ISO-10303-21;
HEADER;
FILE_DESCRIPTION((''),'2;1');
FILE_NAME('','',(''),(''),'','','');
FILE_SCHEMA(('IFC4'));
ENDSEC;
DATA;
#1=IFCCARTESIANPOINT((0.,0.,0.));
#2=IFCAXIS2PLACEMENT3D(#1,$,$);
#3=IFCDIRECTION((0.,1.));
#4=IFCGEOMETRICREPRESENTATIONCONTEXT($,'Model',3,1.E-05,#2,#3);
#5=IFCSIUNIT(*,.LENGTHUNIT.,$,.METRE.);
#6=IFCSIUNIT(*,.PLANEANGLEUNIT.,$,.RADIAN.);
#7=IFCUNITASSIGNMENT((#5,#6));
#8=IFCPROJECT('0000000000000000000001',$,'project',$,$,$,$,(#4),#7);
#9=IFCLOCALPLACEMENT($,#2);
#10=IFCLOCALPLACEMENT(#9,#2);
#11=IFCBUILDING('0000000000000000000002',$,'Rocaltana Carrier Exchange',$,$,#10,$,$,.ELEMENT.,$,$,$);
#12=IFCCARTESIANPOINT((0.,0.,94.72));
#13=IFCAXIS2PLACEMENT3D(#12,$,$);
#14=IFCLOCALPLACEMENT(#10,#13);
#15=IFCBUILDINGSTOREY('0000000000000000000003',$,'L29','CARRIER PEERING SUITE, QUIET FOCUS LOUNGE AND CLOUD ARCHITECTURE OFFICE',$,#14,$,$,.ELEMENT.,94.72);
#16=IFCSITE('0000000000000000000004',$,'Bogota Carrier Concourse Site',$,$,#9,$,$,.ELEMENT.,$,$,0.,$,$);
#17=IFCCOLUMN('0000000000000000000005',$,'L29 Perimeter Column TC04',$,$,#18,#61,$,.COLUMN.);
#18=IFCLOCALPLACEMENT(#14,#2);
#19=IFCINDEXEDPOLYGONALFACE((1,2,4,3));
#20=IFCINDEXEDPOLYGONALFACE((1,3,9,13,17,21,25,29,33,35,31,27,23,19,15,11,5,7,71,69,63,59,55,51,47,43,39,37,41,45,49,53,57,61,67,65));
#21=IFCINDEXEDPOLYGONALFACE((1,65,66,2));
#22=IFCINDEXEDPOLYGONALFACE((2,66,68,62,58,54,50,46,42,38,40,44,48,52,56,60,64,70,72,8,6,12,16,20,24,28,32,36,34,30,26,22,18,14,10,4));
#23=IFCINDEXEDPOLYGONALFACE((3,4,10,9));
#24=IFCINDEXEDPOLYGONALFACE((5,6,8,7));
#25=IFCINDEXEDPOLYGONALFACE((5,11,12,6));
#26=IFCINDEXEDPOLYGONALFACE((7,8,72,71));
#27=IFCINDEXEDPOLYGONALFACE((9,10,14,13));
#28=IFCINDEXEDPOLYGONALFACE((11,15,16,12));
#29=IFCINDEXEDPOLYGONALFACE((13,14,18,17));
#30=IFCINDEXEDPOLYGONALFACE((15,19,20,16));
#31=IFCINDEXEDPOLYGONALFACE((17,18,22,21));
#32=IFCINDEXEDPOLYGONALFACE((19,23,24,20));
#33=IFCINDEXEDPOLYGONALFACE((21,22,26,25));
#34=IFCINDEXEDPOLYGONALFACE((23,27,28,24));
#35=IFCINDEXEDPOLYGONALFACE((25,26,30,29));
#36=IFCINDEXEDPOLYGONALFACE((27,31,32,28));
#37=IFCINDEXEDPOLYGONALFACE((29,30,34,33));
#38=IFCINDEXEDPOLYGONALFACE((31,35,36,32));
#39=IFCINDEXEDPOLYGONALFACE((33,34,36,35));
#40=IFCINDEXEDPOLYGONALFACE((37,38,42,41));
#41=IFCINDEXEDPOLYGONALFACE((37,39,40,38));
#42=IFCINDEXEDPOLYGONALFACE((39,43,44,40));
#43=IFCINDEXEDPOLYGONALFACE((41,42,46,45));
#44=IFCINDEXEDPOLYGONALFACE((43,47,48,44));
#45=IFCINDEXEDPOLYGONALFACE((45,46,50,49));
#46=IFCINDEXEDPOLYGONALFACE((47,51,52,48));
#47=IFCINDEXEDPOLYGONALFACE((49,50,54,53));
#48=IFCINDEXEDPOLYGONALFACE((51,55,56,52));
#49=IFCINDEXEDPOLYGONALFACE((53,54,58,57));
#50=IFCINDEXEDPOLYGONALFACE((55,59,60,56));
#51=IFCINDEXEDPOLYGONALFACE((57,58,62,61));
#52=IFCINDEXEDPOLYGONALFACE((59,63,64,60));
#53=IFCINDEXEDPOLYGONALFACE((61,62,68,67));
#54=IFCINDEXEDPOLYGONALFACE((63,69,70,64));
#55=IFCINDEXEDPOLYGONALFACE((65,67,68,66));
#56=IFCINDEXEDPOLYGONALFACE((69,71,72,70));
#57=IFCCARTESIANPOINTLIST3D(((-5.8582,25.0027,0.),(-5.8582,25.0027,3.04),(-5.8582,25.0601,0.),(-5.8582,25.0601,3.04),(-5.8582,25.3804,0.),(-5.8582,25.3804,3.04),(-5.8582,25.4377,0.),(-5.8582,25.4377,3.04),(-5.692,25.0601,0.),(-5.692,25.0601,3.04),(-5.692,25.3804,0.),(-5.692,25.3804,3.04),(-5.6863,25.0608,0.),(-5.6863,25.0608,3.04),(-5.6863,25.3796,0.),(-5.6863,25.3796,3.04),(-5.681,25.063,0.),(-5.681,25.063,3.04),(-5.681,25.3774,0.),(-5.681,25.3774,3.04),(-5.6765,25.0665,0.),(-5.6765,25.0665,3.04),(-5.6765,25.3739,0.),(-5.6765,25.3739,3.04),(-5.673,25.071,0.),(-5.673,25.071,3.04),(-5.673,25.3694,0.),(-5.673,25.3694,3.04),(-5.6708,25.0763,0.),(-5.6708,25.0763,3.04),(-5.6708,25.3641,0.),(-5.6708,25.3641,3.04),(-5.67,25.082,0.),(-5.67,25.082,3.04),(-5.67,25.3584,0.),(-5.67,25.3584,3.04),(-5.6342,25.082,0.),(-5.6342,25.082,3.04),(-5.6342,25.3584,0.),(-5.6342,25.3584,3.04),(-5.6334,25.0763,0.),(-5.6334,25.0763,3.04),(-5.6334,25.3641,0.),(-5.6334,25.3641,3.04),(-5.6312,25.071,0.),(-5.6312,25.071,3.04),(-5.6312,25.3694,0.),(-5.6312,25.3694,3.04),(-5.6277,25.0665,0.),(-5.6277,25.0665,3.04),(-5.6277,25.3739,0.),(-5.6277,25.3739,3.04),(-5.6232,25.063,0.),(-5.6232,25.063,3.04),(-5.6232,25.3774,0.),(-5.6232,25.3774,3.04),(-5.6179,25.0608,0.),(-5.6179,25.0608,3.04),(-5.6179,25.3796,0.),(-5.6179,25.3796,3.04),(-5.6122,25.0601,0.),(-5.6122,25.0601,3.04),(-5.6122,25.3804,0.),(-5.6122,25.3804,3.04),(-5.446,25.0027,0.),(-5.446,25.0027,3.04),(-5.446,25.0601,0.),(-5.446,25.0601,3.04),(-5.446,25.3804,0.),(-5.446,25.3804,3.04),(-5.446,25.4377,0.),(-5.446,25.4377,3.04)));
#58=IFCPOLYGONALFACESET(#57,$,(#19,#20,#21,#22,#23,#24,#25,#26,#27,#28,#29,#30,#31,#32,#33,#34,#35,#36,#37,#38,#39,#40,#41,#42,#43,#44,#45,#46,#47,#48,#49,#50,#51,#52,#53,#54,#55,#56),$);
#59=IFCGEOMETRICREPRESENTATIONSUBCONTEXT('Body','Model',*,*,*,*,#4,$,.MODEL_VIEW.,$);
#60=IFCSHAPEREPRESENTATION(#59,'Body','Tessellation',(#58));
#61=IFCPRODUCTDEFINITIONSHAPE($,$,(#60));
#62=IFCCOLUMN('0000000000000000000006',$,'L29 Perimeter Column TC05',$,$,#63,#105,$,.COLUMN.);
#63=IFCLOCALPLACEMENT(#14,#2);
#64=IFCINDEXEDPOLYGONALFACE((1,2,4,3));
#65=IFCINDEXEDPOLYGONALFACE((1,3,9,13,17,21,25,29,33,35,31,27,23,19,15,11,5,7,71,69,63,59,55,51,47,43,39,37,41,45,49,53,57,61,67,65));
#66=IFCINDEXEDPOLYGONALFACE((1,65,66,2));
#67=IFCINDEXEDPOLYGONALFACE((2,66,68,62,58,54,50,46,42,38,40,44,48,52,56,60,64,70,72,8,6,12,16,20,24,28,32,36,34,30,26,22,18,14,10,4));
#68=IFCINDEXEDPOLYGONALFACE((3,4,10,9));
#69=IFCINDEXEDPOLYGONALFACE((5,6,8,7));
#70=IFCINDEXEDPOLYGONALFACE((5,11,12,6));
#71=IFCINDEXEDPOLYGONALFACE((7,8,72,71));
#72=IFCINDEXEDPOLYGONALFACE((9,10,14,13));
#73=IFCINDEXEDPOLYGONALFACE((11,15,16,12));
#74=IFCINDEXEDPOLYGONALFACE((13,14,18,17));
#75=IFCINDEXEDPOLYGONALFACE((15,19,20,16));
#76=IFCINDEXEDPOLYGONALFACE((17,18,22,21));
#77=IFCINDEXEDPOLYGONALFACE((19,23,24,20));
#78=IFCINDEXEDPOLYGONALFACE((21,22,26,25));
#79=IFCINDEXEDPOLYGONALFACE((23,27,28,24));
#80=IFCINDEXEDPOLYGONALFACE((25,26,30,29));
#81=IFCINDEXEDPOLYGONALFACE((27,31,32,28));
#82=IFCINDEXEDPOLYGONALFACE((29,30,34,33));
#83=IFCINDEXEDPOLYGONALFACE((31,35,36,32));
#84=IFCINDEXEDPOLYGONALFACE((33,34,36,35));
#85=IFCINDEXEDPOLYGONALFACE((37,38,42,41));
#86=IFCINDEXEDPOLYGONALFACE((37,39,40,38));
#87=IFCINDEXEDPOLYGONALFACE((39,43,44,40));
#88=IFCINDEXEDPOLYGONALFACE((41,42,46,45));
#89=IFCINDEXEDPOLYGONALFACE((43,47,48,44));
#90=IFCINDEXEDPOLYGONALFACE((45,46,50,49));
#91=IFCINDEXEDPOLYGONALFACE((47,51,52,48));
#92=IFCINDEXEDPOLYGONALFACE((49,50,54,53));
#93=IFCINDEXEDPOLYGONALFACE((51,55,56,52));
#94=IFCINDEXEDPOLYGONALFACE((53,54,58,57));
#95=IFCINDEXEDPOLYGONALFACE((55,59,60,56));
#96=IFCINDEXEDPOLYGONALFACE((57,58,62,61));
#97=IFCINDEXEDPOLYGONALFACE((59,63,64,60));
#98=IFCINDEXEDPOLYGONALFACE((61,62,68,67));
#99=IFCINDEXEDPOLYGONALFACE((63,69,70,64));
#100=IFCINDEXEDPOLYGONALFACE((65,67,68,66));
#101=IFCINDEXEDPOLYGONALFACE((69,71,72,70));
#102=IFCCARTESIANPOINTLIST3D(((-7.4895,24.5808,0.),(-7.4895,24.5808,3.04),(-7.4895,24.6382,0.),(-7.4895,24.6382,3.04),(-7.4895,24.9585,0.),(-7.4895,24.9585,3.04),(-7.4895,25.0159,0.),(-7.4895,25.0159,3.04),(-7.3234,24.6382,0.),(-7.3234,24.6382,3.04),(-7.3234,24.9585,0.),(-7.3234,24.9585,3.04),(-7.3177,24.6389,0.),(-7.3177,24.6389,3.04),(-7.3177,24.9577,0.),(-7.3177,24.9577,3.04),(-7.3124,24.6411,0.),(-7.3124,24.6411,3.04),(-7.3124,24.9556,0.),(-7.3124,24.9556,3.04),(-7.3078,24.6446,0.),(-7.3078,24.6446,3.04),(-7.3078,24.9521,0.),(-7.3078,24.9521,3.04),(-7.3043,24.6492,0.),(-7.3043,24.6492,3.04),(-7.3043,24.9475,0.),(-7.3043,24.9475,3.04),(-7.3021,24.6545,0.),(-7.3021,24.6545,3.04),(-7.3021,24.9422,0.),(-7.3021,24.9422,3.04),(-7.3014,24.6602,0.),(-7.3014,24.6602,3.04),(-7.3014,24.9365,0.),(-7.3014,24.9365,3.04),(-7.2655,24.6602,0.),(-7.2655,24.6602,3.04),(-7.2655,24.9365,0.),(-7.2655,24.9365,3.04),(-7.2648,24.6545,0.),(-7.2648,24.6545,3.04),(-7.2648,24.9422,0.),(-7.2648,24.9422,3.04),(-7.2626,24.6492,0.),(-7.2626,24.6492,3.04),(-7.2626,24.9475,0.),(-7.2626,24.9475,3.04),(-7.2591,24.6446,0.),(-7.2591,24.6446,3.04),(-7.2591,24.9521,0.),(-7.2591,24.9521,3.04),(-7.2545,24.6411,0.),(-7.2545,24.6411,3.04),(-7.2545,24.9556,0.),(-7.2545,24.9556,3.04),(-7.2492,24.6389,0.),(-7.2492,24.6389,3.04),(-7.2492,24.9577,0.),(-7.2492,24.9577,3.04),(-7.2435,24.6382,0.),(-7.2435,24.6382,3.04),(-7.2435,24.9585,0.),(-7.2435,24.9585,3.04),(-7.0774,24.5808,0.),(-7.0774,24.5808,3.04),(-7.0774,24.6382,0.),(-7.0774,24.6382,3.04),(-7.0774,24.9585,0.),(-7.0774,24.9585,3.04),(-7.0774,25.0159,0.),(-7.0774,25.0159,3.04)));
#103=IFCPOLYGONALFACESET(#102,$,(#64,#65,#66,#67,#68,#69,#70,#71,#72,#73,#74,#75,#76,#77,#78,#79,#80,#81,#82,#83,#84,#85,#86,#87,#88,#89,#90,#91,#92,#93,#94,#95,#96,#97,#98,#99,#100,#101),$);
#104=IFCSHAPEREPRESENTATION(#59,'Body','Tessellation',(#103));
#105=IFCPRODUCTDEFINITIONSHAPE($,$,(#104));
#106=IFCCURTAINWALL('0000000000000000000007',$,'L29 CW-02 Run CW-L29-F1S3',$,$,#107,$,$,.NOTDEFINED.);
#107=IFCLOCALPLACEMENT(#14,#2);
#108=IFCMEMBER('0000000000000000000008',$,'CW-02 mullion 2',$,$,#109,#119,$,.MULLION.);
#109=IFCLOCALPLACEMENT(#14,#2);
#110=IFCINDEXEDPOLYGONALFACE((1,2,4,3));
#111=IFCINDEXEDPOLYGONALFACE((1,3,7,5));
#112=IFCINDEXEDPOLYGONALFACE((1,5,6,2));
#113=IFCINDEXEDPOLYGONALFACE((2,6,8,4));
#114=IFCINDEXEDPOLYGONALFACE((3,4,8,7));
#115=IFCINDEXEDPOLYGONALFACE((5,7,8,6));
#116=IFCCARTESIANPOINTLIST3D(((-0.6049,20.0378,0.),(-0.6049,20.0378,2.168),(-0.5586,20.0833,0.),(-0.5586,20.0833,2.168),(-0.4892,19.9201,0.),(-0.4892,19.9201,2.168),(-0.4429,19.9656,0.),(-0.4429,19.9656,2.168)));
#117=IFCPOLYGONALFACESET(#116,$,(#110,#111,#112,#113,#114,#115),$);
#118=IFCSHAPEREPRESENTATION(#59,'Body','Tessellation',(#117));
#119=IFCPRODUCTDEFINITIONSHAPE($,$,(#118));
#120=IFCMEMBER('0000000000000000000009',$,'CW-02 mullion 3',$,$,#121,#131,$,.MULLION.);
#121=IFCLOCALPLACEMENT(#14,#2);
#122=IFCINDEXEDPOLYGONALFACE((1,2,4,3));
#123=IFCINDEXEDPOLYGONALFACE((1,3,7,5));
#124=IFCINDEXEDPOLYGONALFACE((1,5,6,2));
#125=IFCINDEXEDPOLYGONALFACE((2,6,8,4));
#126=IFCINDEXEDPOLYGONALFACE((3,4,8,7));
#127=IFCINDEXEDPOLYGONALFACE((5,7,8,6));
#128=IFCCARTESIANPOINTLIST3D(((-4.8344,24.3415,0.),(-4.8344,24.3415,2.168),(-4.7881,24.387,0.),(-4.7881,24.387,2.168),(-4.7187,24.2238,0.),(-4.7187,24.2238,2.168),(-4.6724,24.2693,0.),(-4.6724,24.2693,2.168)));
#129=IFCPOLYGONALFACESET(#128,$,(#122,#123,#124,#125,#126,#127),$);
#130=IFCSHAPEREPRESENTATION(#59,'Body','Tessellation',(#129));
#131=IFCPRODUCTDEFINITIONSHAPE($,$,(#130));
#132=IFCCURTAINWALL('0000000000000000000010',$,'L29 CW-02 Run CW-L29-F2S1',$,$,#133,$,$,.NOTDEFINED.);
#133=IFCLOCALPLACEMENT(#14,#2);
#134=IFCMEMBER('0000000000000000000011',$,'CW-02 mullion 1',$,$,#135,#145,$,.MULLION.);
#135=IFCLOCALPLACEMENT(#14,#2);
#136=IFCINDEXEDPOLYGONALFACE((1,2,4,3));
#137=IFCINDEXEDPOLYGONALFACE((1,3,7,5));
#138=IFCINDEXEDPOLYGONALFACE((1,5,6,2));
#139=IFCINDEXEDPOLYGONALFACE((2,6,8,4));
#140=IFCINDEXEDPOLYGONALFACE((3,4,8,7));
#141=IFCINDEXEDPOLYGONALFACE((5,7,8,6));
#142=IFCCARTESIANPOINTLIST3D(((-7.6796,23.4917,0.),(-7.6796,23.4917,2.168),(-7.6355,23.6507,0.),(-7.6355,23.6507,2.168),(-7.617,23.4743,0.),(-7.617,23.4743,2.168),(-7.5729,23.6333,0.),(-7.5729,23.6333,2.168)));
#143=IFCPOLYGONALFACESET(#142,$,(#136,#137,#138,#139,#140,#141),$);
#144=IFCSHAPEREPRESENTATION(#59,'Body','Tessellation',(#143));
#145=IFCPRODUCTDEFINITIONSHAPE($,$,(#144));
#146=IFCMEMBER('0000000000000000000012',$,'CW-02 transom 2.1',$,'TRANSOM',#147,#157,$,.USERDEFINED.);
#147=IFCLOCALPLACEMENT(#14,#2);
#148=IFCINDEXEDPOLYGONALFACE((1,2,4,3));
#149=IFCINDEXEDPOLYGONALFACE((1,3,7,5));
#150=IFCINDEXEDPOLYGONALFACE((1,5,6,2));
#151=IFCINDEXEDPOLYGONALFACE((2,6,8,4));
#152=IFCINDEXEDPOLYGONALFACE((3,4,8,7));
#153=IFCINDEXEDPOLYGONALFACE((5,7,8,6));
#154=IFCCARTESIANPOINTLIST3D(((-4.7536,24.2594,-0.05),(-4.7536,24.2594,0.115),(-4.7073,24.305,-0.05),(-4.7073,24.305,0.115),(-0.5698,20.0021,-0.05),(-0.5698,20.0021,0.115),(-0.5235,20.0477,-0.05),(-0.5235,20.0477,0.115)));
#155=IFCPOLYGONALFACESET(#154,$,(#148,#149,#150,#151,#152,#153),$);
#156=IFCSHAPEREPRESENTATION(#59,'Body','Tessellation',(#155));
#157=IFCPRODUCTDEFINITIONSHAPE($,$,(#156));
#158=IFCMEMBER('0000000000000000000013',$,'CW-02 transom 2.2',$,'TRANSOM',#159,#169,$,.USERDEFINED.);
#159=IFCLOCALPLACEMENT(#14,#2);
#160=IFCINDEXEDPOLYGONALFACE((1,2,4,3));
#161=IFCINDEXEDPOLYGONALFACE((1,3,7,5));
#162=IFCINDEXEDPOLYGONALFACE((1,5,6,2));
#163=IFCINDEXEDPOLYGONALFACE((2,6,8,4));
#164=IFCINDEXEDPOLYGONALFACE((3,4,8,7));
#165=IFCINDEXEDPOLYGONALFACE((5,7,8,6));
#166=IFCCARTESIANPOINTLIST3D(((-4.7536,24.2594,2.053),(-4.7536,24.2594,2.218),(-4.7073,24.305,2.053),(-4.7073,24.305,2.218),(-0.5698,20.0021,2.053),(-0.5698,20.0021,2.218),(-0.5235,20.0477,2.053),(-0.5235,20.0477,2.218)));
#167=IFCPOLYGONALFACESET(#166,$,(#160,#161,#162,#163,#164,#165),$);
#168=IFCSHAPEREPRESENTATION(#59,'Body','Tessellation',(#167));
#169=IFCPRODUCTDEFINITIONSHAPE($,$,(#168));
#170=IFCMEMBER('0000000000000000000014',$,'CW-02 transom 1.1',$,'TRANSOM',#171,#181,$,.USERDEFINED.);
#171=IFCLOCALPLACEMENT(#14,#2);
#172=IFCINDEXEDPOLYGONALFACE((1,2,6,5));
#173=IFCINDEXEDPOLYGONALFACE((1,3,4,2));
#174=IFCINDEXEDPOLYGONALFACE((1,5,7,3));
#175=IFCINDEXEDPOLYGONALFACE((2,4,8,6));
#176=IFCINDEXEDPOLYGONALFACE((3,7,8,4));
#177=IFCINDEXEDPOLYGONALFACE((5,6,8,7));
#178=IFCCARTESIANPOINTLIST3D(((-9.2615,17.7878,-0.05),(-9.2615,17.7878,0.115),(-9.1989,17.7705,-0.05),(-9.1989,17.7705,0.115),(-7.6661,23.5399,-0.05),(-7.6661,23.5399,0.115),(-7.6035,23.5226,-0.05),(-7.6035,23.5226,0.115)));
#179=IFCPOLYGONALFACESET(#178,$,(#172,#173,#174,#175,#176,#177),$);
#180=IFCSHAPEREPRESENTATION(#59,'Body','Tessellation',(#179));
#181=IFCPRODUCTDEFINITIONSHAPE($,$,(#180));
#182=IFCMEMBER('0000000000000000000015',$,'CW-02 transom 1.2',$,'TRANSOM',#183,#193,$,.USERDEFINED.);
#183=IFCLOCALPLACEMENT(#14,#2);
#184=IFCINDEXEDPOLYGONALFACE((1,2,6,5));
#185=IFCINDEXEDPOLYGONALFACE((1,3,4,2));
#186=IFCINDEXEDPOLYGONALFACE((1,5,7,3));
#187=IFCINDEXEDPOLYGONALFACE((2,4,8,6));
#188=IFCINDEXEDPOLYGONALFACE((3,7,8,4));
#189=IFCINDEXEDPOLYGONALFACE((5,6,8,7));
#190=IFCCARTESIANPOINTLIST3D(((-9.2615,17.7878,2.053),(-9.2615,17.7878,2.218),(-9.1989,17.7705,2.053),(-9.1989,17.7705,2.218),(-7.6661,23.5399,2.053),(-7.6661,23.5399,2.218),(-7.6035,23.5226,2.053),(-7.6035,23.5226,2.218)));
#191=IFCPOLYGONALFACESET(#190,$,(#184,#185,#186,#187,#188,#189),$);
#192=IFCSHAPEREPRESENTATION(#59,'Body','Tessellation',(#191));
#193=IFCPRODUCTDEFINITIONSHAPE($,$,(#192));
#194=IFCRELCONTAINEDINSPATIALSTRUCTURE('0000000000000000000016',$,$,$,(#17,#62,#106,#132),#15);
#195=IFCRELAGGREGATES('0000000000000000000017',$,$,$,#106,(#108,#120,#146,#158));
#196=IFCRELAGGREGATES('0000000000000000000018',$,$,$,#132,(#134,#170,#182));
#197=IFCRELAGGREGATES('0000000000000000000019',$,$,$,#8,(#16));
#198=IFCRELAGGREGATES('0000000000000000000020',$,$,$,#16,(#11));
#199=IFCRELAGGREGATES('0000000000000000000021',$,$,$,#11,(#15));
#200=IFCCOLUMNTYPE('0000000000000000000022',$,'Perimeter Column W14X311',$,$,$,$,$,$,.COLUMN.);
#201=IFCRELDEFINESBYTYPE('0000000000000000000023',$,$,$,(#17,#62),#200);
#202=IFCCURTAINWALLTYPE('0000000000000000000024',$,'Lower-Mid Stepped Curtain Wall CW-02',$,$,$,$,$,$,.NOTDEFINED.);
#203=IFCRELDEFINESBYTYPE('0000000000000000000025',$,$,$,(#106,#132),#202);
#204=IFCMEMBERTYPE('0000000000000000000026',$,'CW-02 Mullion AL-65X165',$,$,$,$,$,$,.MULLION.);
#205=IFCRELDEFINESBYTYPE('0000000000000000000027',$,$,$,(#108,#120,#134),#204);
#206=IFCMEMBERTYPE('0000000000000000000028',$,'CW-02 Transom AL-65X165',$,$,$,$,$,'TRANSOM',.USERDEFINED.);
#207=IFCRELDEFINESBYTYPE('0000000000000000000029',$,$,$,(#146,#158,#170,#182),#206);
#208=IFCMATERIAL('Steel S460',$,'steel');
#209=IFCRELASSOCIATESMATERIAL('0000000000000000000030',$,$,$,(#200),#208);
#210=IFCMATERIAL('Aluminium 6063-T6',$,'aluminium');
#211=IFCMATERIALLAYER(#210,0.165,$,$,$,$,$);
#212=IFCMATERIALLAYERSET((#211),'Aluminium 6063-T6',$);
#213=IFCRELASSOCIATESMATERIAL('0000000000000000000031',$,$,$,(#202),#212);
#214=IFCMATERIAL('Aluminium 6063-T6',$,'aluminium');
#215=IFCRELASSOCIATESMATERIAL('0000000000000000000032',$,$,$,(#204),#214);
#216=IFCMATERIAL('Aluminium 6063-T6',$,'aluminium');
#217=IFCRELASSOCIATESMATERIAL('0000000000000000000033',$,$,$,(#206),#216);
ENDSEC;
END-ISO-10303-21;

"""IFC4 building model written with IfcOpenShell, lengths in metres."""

from ifc_helpers import new_model, si_unit, direction, frame, origin, origin_2d, place, context, subcontext, project, spatial, rectangle, i_section, extrude, material, layer, layer_set, material_profile, profile_set, type_object, element, aggregate, save


model = new_model("IFC4")

# Units and contexts
model_context = context("Model", 3, precision=1e-05, world=origin(), true_north=direction((0.0, 1.0)))
body_context = subcontext(model_context, "Body", "Model", "MODEL_VIEW")
ifc_project = project(units=[si_unit("LENGTHUNIT", "METRE"), si_unit("PLANEANGLEUNIT", "RADIAN")], contexts=[model_context])

# Site, building, storey
site_placement = place(None, origin())
site = spatial("IfcSite", under=ifc_project, at=site_placement, Name="Bogota Carrier Concourse Site", CompositionType="ELEMENT", RefElevation=0.0)
building_placement = place(site_placement, origin())
building = spatial("IfcBuilding", under=site, at=building_placement, Name="Rocaltana Carrier Exchange", CompositionType="ELEMENT")
storey_placement = place(building_placement, frame((0.0, 0.0, 94.72)))
storey = spatial("IfcBuildingStorey", under=building, at=storey_placement, Name="L29", Description="CARRIER PEERING SUITE, QUIET FOCUS LOUNGE AND CLOUD ARCHITECTURE OFFICE", CompositionType="ELEMENT", Elevation=94.72)

# Columns
ifc_material_1 = material(Name="Steel S460", Category="steel")
ifc_material_profile_1 = material_profile(ifc_material_1, i_section(OverallWidth=0.4121, OverallDepth=0.4351, WebThickness=0.0359, FlangeThickness=0.0574, FilletRadius=0.022, at=origin_2d()), Name="W14X311")
ifc_profile_set_1 = profile_set([ifc_material_profile_1], Name="Steel S460")
column_type = type_object("IfcColumnType", Name="Perimeter Column W14X311", PredefinedType="COLUMN", material=ifc_profile_set_1)
for number, where, z_axis, x_axis, name in (
    (1, (-5.6521, 25.2202, 0.0), (0.0, 0.0, 1.0), (1.0, 0.0, 0.0), "L29 Perimeter Column TC04"),
    (2, (-7.2834, 24.7983, 0.0), (0.0, 0.0, 1.0), (1.0, 0.0, 0.0), "L29 Perimeter Column TC05"),
):
    element("IfcColumn", number, at=place(storey_placement, frame(where, z_axis=z_axis, x_axis=x_axis)), inside=storey, type_object=column_type, Name=name, PredefinedType="COLUMN", context=body_context, shape_type="SweptSolid", body=[
        extrude(i_section(OverallWidth=0.4121, OverallDepth=0.4351, WebThickness=0.0359, FlangeThickness=0.0574, FilletRadius=0.022, at=origin_2d()), origin(), (0.0, 0.0, 1.0), 3.04),
    ])

# Curtain wall, members
ifc_material_2 = material(Name="Aluminium 6063-T6", Category="aluminium")
ifc_layer_1 = layer(ifc_material_2, 0.165)
ifc_layer_set_1 = layer_set([ifc_layer_1], Name="Aluminium 6063-T6")
curtain_wall_type = type_object("IfcCurtainWallType", Name="Lower-Mid Stepped Curtain Wall CW-02", PredefinedType="NOTDEFINED", material=ifc_layer_set_1)
curtain_wall_1_placement = place(storey_placement, origin())
curtain_wall_1 = element("IfcCurtainWall", 3, at=curtain_wall_1_placement, inside=storey, type_object=curtain_wall_type, Name="L29 CW-02 Run CW-L29-F1S3", PredefinedType="NOTDEFINED")
ifc_material_3 = material(Name="Aluminium 6063-T6", Category="aluminium")
ifc_material_profile_2 = material_profile(ifc_material_3, rectangle(XDim=0.0649, YDim=0.165, at=origin_2d()), Name="AL-65X165")
ifc_profile_set_2 = profile_set([ifc_material_profile_2], Name="Aluminium 6063-T6")
member_type_1 = type_object("IfcMemberType", Name="CW-02 Mullion AL-65X165", PredefinedType="MULLION", material=ifc_profile_set_2)
member_1_placement = place(storey_placement, frame((-0.5239, 20.0017, 0.0), z_axis=(0.0, 0.0, 1.0), x_axis=(-0.713245, -0.700915, 0.0)))
member_1 = element("IfcMember", 4, at=member_1_placement, type_object=member_type_1, Name="CW-02 mullion 2", PredefinedType="MULLION", context=body_context, shape_type="SweptSolid", body=[
    extrude(rectangle(XDim=0.0649, YDim=0.165, at=origin_2d()), origin(), (0.0, 0.0, 1.0), 2.168),
])
member_2_placement = place(storey_placement, frame((-4.7534, 24.3054, 0.0), z_axis=(0.0, 0.0, 1.0), x_axis=(-0.713245, -0.700915, 0.0)))
member_2 = element("IfcMember", 5, at=member_2_placement, type_object=member_type_1, Name="CW-02 mullion 3", PredefinedType="MULLION", context=body_context, shape_type="SweptSolid", body=[
    extrude(rectangle(XDim=0.0649, YDim=0.165, at=origin_2d()), origin(), (0.0, 0.0, 1.0), 2.168),
])

# Curtain wall, member
curtain_wall_2_placement = place(storey_placement, origin())
curtain_wall_2 = element("IfcCurtainWall", 6, at=curtain_wall_2_placement, inside=storey, type_object=curtain_wall_type, Name="L29 CW-02 Run CW-L29-F2S1", PredefinedType="NOTDEFINED")
member_3_placement = place(storey_placement, frame((-7.6262, 23.5625, 0.0), z_axis=(0.0, 0.0, 1.0), x_axis=(0.963628, -0.267246, 0.0)))
member_3 = element("IfcMember", 7, at=member_3_placement, type_object=member_type_1, Name="CW-02 mullion 1", PredefinedType="MULLION", context=body_context, shape_type="SweptSolid", body=[
    extrude(rectangle(XDim=0.0649, YDim=0.165, at=origin_2d()), origin(), (0.0, 0.0, 1.0), 2.168),
])

# Members
ifc_material_4 = material(Name="Aluminium 6063-T6", Category="aluminium")
ifc_material_profile_3 = material_profile(ifc_material_4, rectangle(XDim=0.0649, YDim=0.165, at=origin_2d()), Name="AL-65X165")
ifc_profile_set_3 = profile_set([ifc_material_profile_3], Name="Aluminium 6063-T6")
member_type_2 = type_object("IfcMemberType", Name="CW-02 Transom AL-65X165", ElementType="TRANSOM", PredefinedType="USERDEFINED", material=ifc_profile_set_3)
member_4_placement = place(storey_placement, frame((-0.5466, 20.0249, 0.0325), z_axis=(-0.700924, 0.713236, 0.0), x_axis=(-0.713236, -0.700924, 0.0)))
member_4 = element("IfcMember", 8, at=member_4_placement, type_object=member_type_2, Name="CW-02 transom 2.1", ObjectType="TRANSOM", PredefinedType="USERDEFINED", context=body_context, shape_type="SweptSolid", body=[
    extrude(rectangle(XDim=0.0649, YDim=0.165, at=origin_2d()), origin(), (0.0, 0.0, 1.0), 5.969),
])
member_5_placement = place(storey_placement, frame((-0.5466, 20.0249, 2.1355), z_axis=(-0.700924, 0.713236, 0.0), x_axis=(-0.713236, -0.700924, 0.0)))
member_5 = element("IfcMember", 9, at=member_5_placement, type_object=member_type_2, Name="CW-02 transom 2.2", ObjectType="TRANSOM", PredefinedType="USERDEFINED", context=body_context, shape_type="SweptSolid", body=[
    extrude(rectangle(XDim=0.0649, YDim=0.165, at=origin_2d()), origin(), (0.0, 0.0, 1.0), 5.969),
])
member_6_placement = place(storey_placement, frame((-7.6348, 23.5312, 0.0325), z_axis=(-0.267275, -0.96362, 0.0), x_axis=(0.96362, -0.267275, 0.0)))
member_6 = element("IfcMember", 10, at=member_6_placement, type_object=member_type_2, Name="CW-02 transom 1.1", ObjectType="TRANSOM", PredefinedType="USERDEFINED", context=body_context, shape_type="SweptSolid", body=[
    extrude(rectangle(XDim=0.0649, YDim=0.165, at=origin_2d()), origin(), (0.0, 0.0, 1.0), 5.9692),
])
member_7_placement = place(storey_placement, frame((-7.6348, 23.5312, 2.1355), z_axis=(-0.267275, -0.96362, 0.0), x_axis=(0.96362, -0.267275, 0.0)))
member_7 = element("IfcMember", 11, at=member_7_placement, type_object=member_type_2, Name="CW-02 transom 1.2", ObjectType="TRANSOM", PredefinedType="USERDEFINED", context=body_context, shape_type="SweptSolid", body=[
    extrude(rectangle(XDim=0.0649, YDim=0.165, at=origin_2d()), origin(), (0.0, 0.0, 1.0), 5.9692),
])

aggregate(curtain_wall_1, [member_1, member_2, member_4, member_5])
aggregate(curtain_wall_2, [member_3, member_6, member_7])

save(model, "model.ifc")
